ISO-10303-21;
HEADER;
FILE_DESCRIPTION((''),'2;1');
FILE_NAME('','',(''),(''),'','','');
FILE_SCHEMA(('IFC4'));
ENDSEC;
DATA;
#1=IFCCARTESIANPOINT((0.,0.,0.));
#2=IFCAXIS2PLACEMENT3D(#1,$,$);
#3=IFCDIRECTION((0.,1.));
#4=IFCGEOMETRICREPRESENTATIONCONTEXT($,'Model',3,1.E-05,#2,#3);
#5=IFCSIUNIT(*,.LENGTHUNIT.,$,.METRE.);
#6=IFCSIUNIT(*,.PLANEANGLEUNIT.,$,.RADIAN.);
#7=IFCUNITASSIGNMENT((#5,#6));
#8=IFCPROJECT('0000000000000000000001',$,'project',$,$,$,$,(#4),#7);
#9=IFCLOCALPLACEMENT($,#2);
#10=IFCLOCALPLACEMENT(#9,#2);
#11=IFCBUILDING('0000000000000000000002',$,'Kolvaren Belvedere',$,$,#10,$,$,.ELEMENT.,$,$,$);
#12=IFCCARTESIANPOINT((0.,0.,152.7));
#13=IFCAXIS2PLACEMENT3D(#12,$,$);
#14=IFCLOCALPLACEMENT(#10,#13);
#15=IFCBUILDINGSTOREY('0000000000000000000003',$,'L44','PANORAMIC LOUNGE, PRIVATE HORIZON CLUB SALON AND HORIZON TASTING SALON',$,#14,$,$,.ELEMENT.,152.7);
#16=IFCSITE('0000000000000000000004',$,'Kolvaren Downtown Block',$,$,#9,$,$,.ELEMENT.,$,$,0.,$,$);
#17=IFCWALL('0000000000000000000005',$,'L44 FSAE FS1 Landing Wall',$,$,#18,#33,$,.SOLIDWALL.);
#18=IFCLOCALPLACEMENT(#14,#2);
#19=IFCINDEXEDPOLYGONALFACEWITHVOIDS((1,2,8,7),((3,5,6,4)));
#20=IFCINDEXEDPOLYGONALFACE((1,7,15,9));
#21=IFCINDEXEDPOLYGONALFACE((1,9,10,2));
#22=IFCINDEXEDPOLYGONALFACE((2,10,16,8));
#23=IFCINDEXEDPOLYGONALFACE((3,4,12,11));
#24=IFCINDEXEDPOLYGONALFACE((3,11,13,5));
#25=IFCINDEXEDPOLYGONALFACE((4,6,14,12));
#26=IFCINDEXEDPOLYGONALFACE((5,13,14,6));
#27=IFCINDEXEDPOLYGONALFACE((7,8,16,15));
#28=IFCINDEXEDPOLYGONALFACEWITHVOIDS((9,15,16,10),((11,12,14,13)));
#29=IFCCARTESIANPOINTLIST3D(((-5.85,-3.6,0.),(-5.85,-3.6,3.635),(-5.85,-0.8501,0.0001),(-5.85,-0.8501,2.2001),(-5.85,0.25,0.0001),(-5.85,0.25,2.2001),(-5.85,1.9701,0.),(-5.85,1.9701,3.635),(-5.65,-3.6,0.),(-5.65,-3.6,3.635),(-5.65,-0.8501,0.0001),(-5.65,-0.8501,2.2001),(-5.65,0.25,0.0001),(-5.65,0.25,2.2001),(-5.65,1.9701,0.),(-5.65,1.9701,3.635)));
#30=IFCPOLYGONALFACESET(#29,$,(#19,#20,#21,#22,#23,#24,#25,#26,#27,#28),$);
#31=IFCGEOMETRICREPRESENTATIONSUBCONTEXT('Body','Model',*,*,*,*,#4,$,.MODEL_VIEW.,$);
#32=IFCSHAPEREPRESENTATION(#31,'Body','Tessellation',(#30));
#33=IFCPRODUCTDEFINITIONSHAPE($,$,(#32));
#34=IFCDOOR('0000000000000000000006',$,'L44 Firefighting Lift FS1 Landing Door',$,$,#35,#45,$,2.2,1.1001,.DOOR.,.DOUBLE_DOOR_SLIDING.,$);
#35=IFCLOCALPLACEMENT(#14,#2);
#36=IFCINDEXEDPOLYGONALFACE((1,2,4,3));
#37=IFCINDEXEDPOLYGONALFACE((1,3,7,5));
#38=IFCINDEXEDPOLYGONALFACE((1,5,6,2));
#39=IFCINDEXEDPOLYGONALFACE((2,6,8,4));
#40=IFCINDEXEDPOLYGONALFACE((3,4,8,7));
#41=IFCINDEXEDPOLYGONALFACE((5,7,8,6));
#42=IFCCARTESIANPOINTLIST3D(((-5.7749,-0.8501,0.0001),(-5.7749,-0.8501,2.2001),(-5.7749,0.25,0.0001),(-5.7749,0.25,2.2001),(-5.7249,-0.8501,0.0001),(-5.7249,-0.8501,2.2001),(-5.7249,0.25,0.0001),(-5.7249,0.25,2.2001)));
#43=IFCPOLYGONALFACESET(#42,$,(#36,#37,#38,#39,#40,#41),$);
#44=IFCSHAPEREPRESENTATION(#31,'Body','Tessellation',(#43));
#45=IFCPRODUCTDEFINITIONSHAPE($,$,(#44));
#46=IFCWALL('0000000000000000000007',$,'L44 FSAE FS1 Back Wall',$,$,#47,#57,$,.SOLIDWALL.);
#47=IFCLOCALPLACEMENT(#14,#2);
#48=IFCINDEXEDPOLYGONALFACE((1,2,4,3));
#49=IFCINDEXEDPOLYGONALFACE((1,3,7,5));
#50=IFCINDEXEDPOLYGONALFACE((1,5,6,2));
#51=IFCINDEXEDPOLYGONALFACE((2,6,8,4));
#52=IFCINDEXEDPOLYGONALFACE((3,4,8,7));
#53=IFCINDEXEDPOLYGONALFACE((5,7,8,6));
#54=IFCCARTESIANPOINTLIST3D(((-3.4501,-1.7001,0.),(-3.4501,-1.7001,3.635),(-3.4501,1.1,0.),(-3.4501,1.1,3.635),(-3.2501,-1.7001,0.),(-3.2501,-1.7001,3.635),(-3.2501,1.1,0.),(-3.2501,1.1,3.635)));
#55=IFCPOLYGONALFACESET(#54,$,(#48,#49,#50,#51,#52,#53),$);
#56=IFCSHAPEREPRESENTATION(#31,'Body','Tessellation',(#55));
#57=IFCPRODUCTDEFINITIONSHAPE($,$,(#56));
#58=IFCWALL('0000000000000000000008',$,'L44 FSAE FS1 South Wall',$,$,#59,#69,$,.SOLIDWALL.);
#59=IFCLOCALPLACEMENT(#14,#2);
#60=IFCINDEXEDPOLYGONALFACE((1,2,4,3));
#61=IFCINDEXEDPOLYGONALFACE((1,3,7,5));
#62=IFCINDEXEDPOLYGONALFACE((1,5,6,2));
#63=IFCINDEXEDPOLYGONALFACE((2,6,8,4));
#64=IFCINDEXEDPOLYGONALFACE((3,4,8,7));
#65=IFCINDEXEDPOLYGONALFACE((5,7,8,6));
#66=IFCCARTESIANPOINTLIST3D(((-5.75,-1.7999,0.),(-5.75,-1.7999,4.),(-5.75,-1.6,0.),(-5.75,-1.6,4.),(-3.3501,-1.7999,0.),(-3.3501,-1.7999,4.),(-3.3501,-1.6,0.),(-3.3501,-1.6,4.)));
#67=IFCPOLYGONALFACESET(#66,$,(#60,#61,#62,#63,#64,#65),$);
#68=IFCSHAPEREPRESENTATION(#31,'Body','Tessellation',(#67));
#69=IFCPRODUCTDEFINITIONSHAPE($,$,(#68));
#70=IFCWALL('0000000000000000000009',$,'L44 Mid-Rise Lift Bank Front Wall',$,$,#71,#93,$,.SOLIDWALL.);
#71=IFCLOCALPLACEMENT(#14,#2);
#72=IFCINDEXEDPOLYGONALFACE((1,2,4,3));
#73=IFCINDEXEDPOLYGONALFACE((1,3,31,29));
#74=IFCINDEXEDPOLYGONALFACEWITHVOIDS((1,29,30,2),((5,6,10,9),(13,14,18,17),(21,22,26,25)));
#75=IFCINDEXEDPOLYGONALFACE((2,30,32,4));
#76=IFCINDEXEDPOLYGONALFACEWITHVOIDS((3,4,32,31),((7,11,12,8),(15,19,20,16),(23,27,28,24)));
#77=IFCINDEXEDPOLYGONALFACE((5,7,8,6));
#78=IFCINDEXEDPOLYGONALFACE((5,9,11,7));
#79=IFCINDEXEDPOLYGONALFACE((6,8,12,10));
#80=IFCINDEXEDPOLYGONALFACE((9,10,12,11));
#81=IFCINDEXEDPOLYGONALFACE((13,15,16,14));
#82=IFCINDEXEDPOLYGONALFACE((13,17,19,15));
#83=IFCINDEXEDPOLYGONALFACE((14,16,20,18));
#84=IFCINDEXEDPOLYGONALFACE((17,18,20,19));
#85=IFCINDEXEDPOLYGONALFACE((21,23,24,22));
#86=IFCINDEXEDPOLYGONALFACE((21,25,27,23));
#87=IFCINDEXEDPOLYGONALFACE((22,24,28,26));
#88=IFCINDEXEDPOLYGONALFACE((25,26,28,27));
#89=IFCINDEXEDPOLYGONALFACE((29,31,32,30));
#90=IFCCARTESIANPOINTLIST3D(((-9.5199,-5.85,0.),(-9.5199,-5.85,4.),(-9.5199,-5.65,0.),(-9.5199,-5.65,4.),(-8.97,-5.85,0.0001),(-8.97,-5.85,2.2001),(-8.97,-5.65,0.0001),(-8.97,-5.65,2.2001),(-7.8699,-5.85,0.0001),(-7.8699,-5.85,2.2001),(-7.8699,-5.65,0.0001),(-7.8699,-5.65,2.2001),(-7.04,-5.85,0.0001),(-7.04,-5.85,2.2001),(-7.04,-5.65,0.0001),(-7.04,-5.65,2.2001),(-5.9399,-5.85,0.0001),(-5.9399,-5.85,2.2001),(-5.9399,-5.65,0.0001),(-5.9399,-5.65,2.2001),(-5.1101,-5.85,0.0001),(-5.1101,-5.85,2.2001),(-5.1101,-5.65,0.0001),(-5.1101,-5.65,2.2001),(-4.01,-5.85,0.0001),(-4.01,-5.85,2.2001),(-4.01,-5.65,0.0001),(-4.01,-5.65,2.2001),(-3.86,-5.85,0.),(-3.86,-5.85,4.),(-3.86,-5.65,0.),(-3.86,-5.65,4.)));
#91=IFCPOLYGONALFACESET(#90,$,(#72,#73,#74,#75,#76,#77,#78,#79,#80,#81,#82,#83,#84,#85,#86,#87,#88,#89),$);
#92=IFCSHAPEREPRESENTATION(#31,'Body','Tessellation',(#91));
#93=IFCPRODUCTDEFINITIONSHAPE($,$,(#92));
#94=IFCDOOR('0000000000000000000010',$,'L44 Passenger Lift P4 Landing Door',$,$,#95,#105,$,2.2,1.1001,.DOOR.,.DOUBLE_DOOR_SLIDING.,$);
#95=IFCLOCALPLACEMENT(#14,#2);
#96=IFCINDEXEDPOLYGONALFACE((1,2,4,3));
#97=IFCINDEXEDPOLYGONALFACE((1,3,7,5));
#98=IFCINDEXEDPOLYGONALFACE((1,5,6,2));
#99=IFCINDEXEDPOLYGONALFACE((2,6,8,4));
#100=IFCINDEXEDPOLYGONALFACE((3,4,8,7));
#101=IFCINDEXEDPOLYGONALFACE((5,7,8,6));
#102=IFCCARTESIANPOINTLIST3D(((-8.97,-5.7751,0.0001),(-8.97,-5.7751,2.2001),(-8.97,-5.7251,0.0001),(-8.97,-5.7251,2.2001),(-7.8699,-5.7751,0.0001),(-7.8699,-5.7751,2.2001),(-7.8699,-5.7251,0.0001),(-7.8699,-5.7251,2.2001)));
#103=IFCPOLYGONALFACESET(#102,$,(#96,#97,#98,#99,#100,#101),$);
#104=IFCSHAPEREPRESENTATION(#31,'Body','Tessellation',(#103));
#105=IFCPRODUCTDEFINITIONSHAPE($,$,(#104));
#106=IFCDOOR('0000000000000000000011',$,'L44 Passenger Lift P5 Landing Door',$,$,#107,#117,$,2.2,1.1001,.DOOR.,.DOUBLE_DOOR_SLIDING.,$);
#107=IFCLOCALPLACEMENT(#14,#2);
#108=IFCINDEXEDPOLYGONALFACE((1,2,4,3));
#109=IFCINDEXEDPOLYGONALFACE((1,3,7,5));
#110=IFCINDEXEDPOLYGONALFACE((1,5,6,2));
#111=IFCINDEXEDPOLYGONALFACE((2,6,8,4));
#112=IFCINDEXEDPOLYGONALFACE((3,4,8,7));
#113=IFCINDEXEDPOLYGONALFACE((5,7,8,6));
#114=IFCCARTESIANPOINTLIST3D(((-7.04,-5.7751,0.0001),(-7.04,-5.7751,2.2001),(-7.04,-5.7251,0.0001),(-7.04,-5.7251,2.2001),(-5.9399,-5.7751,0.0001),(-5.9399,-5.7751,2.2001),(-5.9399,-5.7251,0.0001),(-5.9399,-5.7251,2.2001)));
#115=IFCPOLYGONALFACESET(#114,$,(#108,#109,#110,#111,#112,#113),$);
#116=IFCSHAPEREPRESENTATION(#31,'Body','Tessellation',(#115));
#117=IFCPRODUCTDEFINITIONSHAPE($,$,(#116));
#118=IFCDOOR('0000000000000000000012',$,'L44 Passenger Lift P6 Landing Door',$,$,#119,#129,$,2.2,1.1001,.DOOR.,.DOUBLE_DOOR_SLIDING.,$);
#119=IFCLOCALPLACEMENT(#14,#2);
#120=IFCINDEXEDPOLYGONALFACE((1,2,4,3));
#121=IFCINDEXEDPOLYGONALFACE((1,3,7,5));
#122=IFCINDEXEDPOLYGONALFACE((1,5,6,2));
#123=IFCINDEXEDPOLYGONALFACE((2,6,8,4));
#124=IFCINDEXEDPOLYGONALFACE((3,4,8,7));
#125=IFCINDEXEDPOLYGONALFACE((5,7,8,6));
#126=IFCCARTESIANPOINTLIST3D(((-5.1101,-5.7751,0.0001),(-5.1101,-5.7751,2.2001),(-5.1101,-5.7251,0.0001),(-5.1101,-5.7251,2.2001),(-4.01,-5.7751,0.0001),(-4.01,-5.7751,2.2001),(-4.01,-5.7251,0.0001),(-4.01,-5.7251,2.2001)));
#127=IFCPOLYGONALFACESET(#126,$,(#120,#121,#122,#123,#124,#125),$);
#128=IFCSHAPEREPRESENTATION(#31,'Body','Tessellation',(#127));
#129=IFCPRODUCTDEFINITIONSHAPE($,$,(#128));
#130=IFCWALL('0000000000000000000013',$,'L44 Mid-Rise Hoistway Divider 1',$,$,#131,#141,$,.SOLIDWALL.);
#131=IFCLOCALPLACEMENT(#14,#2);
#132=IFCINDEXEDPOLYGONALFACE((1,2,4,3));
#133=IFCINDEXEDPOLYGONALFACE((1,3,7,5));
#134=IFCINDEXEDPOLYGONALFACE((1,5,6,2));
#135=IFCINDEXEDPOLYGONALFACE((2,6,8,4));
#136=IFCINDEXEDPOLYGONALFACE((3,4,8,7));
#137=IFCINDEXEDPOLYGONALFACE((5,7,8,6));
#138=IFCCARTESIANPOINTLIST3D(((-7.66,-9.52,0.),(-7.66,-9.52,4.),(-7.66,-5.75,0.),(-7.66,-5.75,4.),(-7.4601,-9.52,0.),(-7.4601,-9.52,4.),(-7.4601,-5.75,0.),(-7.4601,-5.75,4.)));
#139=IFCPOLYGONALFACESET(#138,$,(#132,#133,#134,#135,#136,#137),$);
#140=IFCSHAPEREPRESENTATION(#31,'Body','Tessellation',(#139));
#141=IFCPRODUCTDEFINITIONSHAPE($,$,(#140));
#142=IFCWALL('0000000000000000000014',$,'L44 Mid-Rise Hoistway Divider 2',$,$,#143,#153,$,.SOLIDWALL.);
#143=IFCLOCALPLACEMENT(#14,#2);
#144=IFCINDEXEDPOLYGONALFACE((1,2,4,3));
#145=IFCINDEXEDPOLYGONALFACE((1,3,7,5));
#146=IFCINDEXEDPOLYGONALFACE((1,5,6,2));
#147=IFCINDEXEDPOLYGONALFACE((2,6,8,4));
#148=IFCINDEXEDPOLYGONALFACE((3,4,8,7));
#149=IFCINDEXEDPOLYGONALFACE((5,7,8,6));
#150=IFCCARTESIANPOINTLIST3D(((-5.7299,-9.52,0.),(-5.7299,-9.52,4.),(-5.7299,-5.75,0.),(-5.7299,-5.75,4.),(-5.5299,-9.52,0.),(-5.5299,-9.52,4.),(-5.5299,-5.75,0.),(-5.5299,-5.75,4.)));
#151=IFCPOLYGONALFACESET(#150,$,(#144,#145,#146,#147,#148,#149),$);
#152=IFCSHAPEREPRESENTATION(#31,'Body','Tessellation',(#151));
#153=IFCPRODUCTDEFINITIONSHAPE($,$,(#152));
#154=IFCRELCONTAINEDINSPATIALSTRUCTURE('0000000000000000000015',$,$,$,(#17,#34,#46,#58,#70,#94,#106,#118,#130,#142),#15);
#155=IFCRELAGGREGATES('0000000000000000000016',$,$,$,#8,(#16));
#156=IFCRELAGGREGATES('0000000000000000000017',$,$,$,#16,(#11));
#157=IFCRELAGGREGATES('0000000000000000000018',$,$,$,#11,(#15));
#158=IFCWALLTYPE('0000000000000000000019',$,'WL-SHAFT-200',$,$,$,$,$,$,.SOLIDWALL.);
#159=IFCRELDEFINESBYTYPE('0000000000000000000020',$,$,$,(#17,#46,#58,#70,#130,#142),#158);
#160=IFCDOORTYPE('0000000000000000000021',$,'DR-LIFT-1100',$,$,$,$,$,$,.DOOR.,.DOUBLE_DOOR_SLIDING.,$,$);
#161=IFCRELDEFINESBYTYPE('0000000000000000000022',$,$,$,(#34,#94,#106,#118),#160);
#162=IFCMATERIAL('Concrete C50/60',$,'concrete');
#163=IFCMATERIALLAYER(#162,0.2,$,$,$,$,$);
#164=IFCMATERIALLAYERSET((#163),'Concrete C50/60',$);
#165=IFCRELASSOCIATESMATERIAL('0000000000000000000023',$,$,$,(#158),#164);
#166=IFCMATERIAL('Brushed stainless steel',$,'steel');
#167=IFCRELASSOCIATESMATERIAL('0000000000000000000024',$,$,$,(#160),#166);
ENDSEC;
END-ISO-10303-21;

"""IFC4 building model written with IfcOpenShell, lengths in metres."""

from ifc_helpers import new_model, si_unit, direction, frame, frame_2d, origin, place, context, subcontext, project, spatial, rectangle, extrude, material, layer, layer_set, type_object, element, fill, save


model = new_model("IFC4")

# Units and contexts
model_context = context("Model", 3, precision=1e-05, world=origin(), true_north=direction((0.0, 1.0)))
body_context = subcontext(model_context, "Body", "Model", "MODEL_VIEW")
ifc_project = project(units=[si_unit("LENGTHUNIT", "METRE"), si_unit("PLANEANGLEUNIT", "RADIAN")], contexts=[model_context])

# Site, building, storey
site_placement = place(None, origin())
site = spatial("IfcSite", under=ifc_project, at=site_placement, Name="Kolvaren Downtown Block", CompositionType="ELEMENT", RefElevation=0.0)
building_placement = place(site_placement, origin())
building = spatial("IfcBuilding", under=site, at=building_placement, Name="Kolvaren Belvedere", CompositionType="ELEMENT")
storey_placement = place(building_placement, frame((0.0, 0.0, 152.7)))
storey = spatial("IfcBuildingStorey", under=building, at=storey_placement, Name="L44", Description="PANORAMIC LOUNGE, PRIVATE HORIZON CLUB SALON AND HORIZON TASTING SALON", CompositionType="ELEMENT", Elevation=152.7)

# Wall, opening, door
ifc_material_1 = material(Name="Concrete C50/60", Category="concrete")
ifc_layer_1 = layer(ifc_material_1, 0.2)
ifc_layer_set_1 = layer_set([ifc_layer_1], Name="Concrete C50/60")
wall_type_1 = type_object("IfcWallType", Name="WL-SHAFT-200", PredefinedType="SOLIDWALL", material=ifc_layer_set_1)
wall_1_placement = place(storey_placement, frame((-5.75, -3.6001, 0.0), z_axis=(0.0, 0.0, 1.0), x_axis=(0.0, 1.0, 0.0)))
wall_1 = element("IfcWall", 1, at=wall_1_placement, inside=storey, type_object=wall_type_1, Name="L44 FSAE FS1 Landing Wall", PredefinedType="SOLIDWALL", context=body_context, shape_type="SweptSolid", body=[
    extrude(rectangle(XDim=5.5701, YDim=0.2, at=frame_2d((2.7852, 0.0))), origin(), (0.0, 0.0, 1.0), 3.635),
])
opening_1_placement = place(wall_1_placement, frame((2.75, 0.0, 0.0)))
opening_1 = element("IfcOpeningElement", 2, at=opening_1_placement, cuts=wall_1, PredefinedType="OPENING", context=body_context, shape_type="SweptSolid", body=[
    extrude(rectangle(XDim=1.1001, YDim=2.2, at=frame_2d((0.55, 1.1001))), frame((0.0, 0.1099, 0.0), z_axis=(0.0, -1.0, 0.0), x_axis=(1.0, 0.0, 0.0)), (0.0, 0.0, 1.0), 0.22),
])
ifc_material_2 = material(Name="Brushed stainless steel", Category="steel")
door_type_1 = type_object("IfcDoorType", Name="DR-LIFT-1100", OperationType="DOUBLE_DOOR_SLIDING", PredefinedType="DOOR", material=ifc_material_2)
door_1_placement = place(opening_1_placement, origin())
door_1 = element("IfcDoor", 3, at=door_1_placement, inside=storey, type_object=door_type_1, Name="L44 Firefighting Lift FS1 Landing Door", OperationType="DOUBLE_DOOR_SLIDING", OverallHeight=2.2, OverallWidth=1.1001, PredefinedType="DOOR", context=body_context, shape_type="SweptSolid", body=[
    extrude(rectangle(XDim=1.1001, YDim=2.2, at=frame_2d((0.55, 1.1001))), frame((0.0, 0.0249, 0.0), z_axis=(0.0, -1.0, 0.0), x_axis=(1.0, 0.0, 0.0)), (0.0, 0.0, 1.0), 0.05),
])
fill(opening_1, door_1)

# Walls
wall_2_placement = place(storey_placement, frame((-3.3501, -1.7, 0.0), z_axis=(0.0, 0.0, 1.0), x_axis=(0.0, 1.0, 0.0)))
element("IfcWall", 4, at=wall_2_placement, inside=storey, type_object=wall_type_1, Name="L44 FSAE FS1 Back Wall", PredefinedType="SOLIDWALL", context=body_context, shape_type="SweptSolid", body=[
    extrude(rectangle(XDim=2.8, YDim=0.2, at=frame_2d((1.3999, 0.0))), origin(), (0.0, 0.0, 1.0), 3.635),
])
wall_3_placement = place(storey_placement, frame((-5.75, -1.7, 0.0), z_axis=(0.0, 0.0, 1.0), x_axis=(1.0, 0.0, 0.0)))
element("IfcWall", 5, at=wall_3_placement, inside=storey, type_object=wall_type_1, Name="L44 FSAE FS1 South Wall", PredefinedType="SOLIDWALL", context=body_context, shape_type="SweptSolid", body=[
    extrude(rectangle(XDim=2.3999, YDim=0.2, at=frame_2d((1.2, 0.0))), origin(), (0.0, 0.0, 1.0), 4.0),
])

# Wall, openings, doors
wall_4_placement = place(storey_placement, frame((-9.52, -5.75, 0.0), z_axis=(0.0, 0.0, 1.0), x_axis=(1.0, 0.0, 0.0)))
wall_4 = element("IfcWall", 6, at=wall_4_placement, inside=storey, type_object=wall_type_1, Name="L44 Mid-Rise Lift Bank Front Wall", PredefinedType="SOLIDWALL", context=body_context, shape_type="SweptSolid", body=[
    extrude(rectangle(XDim=5.6599, YDim=0.2, at=frame_2d((2.8301, 0.0))), origin(), (0.0, 0.0, 1.0), 4.0),
])
opening_2_placement = place(wall_4_placement, frame((0.55, 0.0, 0.0)))
opening_2 = element("IfcOpeningElement", 7, at=opening_2_placement, cuts=wall_4, PredefinedType="OPENING", context=body_context, shape_type="SweptSolid", body=[
    extrude(rectangle(XDim=1.1001, YDim=2.2, at=frame_2d((0.55, 1.1001))), frame((0.0, 0.1099, 0.0), z_axis=(0.0, -1.0, 0.0), x_axis=(1.0, 0.0, 0.0)), (0.0, 0.0, 1.0), 0.22),
])
opening_3_placement = place(wall_4_placement, frame((2.48, 0.0, 0.0)))
opening_3 = element("IfcOpeningElement", 8, at=opening_3_placement, cuts=wall_4, PredefinedType="OPENING", context=body_context, shape_type="SweptSolid", body=[
    extrude(rectangle(XDim=1.1001, YDim=2.2, at=frame_2d((0.55, 1.1001))), frame((0.0, 0.1099, 0.0), z_axis=(0.0, -1.0, 0.0), x_axis=(1.0, 0.0, 0.0)), (0.0, 0.0, 1.0), 0.22),
])
opening_4_placement = place(wall_4_placement, frame((4.4099, 0.0, 0.0)))
opening_4 = element("IfcOpeningElement", 9, at=opening_4_placement, cuts=wall_4, PredefinedType="OPENING", context=body_context, shape_type="SweptSolid", body=[
    extrude(rectangle(XDim=1.1001, YDim=2.2, at=frame_2d((0.55, 1.1001))), frame((0.0, 0.1099, 0.0), z_axis=(0.0, -1.0, 0.0), x_axis=(1.0, 0.0, 0.0)), (0.0, 0.0, 1.0), 0.22),
])
door_2_placement = place(opening_2_placement, origin())
door_2 = element("IfcDoor", 10, at=door_2_placement, inside=storey, type_object=door_type_1, Name="L44 Passenger Lift P4 Landing Door", OperationType="DOUBLE_DOOR_SLIDING", OverallHeight=2.2, OverallWidth=1.1001, PredefinedType="DOOR", context=body_context, shape_type="SweptSolid", body=[
    extrude(rectangle(XDim=1.1001, YDim=2.2, at=frame_2d((0.55, 1.1001))), frame((0.0, 0.0249, 0.0), z_axis=(0.0, -1.0, 0.0), x_axis=(1.0, 0.0, 0.0)), (0.0, 0.0, 1.0), 0.05),
])
fill(opening_2, door_2)
door_3_placement = place(opening_3_placement, origin())
door_3 = element("IfcDoor", 11, at=door_3_placement, inside=storey, type_object=door_type_1, Name="L44 Passenger Lift P5 Landing Door", OperationType="DOUBLE_DOOR_SLIDING", OverallHeight=2.2, OverallWidth=1.1001, PredefinedType="DOOR", context=body_context, shape_type="SweptSolid", body=[
    extrude(rectangle(XDim=1.1001, YDim=2.2, at=frame_2d((0.55, 1.1001))), frame((0.0, 0.0249, 0.0), z_axis=(0.0, -1.0, 0.0), x_axis=(1.0, 0.0, 0.0)), (0.0, 0.0, 1.0), 0.05),
])
fill(opening_3, door_3)
door_4_placement = place(opening_4_placement, origin())
door_4 = element("IfcDoor", 12, at=door_4_placement, inside=storey, type_object=door_type_1, Name="L44 Passenger Lift P6 Landing Door", OperationType="DOUBLE_DOOR_SLIDING", OverallHeight=2.2, OverallWidth=1.1001, PredefinedType="DOOR", context=body_context, shape_type="SweptSolid", body=[
    extrude(rectangle(XDim=1.1001, YDim=2.2, at=frame_2d((0.55, 1.1001))), frame((0.0, 0.0249, 0.0), z_axis=(0.0, -1.0, 0.0), x_axis=(1.0, 0.0, 0.0)), (0.0, 0.0, 1.0), 0.05),
])
fill(opening_4, door_4)

# Walls
for number, where, z_axis, x_axis, name in (
    (13, (-7.5601, -9.52, 0.0), (0.0, 0.0, 1.0), (0.0, 1.0, 0.0), "L44 Mid-Rise Hoistway Divider 1"),
    (14, (-5.6299, -9.52, 0.0), (0.0, 0.0, 1.0), (0.0, 1.0, 0.0), "L44 Mid-Rise Hoistway Divider 2"),
):
    element("IfcWall", number, at=place(storey_placement, frame(where, z_axis=z_axis, x_axis=x_axis)), inside=storey, type_object=wall_type_1, Name=name, PredefinedType="SOLIDWALL", context=body_context, shape_type="SweptSolid", body=[
        extrude(rectangle(XDim=3.77, YDim=0.2, at=frame_2d((1.885, 0.0))), origin(), (0.0, 0.0, 1.0), 4.0),
    ])

save(model, "model.ifc")
